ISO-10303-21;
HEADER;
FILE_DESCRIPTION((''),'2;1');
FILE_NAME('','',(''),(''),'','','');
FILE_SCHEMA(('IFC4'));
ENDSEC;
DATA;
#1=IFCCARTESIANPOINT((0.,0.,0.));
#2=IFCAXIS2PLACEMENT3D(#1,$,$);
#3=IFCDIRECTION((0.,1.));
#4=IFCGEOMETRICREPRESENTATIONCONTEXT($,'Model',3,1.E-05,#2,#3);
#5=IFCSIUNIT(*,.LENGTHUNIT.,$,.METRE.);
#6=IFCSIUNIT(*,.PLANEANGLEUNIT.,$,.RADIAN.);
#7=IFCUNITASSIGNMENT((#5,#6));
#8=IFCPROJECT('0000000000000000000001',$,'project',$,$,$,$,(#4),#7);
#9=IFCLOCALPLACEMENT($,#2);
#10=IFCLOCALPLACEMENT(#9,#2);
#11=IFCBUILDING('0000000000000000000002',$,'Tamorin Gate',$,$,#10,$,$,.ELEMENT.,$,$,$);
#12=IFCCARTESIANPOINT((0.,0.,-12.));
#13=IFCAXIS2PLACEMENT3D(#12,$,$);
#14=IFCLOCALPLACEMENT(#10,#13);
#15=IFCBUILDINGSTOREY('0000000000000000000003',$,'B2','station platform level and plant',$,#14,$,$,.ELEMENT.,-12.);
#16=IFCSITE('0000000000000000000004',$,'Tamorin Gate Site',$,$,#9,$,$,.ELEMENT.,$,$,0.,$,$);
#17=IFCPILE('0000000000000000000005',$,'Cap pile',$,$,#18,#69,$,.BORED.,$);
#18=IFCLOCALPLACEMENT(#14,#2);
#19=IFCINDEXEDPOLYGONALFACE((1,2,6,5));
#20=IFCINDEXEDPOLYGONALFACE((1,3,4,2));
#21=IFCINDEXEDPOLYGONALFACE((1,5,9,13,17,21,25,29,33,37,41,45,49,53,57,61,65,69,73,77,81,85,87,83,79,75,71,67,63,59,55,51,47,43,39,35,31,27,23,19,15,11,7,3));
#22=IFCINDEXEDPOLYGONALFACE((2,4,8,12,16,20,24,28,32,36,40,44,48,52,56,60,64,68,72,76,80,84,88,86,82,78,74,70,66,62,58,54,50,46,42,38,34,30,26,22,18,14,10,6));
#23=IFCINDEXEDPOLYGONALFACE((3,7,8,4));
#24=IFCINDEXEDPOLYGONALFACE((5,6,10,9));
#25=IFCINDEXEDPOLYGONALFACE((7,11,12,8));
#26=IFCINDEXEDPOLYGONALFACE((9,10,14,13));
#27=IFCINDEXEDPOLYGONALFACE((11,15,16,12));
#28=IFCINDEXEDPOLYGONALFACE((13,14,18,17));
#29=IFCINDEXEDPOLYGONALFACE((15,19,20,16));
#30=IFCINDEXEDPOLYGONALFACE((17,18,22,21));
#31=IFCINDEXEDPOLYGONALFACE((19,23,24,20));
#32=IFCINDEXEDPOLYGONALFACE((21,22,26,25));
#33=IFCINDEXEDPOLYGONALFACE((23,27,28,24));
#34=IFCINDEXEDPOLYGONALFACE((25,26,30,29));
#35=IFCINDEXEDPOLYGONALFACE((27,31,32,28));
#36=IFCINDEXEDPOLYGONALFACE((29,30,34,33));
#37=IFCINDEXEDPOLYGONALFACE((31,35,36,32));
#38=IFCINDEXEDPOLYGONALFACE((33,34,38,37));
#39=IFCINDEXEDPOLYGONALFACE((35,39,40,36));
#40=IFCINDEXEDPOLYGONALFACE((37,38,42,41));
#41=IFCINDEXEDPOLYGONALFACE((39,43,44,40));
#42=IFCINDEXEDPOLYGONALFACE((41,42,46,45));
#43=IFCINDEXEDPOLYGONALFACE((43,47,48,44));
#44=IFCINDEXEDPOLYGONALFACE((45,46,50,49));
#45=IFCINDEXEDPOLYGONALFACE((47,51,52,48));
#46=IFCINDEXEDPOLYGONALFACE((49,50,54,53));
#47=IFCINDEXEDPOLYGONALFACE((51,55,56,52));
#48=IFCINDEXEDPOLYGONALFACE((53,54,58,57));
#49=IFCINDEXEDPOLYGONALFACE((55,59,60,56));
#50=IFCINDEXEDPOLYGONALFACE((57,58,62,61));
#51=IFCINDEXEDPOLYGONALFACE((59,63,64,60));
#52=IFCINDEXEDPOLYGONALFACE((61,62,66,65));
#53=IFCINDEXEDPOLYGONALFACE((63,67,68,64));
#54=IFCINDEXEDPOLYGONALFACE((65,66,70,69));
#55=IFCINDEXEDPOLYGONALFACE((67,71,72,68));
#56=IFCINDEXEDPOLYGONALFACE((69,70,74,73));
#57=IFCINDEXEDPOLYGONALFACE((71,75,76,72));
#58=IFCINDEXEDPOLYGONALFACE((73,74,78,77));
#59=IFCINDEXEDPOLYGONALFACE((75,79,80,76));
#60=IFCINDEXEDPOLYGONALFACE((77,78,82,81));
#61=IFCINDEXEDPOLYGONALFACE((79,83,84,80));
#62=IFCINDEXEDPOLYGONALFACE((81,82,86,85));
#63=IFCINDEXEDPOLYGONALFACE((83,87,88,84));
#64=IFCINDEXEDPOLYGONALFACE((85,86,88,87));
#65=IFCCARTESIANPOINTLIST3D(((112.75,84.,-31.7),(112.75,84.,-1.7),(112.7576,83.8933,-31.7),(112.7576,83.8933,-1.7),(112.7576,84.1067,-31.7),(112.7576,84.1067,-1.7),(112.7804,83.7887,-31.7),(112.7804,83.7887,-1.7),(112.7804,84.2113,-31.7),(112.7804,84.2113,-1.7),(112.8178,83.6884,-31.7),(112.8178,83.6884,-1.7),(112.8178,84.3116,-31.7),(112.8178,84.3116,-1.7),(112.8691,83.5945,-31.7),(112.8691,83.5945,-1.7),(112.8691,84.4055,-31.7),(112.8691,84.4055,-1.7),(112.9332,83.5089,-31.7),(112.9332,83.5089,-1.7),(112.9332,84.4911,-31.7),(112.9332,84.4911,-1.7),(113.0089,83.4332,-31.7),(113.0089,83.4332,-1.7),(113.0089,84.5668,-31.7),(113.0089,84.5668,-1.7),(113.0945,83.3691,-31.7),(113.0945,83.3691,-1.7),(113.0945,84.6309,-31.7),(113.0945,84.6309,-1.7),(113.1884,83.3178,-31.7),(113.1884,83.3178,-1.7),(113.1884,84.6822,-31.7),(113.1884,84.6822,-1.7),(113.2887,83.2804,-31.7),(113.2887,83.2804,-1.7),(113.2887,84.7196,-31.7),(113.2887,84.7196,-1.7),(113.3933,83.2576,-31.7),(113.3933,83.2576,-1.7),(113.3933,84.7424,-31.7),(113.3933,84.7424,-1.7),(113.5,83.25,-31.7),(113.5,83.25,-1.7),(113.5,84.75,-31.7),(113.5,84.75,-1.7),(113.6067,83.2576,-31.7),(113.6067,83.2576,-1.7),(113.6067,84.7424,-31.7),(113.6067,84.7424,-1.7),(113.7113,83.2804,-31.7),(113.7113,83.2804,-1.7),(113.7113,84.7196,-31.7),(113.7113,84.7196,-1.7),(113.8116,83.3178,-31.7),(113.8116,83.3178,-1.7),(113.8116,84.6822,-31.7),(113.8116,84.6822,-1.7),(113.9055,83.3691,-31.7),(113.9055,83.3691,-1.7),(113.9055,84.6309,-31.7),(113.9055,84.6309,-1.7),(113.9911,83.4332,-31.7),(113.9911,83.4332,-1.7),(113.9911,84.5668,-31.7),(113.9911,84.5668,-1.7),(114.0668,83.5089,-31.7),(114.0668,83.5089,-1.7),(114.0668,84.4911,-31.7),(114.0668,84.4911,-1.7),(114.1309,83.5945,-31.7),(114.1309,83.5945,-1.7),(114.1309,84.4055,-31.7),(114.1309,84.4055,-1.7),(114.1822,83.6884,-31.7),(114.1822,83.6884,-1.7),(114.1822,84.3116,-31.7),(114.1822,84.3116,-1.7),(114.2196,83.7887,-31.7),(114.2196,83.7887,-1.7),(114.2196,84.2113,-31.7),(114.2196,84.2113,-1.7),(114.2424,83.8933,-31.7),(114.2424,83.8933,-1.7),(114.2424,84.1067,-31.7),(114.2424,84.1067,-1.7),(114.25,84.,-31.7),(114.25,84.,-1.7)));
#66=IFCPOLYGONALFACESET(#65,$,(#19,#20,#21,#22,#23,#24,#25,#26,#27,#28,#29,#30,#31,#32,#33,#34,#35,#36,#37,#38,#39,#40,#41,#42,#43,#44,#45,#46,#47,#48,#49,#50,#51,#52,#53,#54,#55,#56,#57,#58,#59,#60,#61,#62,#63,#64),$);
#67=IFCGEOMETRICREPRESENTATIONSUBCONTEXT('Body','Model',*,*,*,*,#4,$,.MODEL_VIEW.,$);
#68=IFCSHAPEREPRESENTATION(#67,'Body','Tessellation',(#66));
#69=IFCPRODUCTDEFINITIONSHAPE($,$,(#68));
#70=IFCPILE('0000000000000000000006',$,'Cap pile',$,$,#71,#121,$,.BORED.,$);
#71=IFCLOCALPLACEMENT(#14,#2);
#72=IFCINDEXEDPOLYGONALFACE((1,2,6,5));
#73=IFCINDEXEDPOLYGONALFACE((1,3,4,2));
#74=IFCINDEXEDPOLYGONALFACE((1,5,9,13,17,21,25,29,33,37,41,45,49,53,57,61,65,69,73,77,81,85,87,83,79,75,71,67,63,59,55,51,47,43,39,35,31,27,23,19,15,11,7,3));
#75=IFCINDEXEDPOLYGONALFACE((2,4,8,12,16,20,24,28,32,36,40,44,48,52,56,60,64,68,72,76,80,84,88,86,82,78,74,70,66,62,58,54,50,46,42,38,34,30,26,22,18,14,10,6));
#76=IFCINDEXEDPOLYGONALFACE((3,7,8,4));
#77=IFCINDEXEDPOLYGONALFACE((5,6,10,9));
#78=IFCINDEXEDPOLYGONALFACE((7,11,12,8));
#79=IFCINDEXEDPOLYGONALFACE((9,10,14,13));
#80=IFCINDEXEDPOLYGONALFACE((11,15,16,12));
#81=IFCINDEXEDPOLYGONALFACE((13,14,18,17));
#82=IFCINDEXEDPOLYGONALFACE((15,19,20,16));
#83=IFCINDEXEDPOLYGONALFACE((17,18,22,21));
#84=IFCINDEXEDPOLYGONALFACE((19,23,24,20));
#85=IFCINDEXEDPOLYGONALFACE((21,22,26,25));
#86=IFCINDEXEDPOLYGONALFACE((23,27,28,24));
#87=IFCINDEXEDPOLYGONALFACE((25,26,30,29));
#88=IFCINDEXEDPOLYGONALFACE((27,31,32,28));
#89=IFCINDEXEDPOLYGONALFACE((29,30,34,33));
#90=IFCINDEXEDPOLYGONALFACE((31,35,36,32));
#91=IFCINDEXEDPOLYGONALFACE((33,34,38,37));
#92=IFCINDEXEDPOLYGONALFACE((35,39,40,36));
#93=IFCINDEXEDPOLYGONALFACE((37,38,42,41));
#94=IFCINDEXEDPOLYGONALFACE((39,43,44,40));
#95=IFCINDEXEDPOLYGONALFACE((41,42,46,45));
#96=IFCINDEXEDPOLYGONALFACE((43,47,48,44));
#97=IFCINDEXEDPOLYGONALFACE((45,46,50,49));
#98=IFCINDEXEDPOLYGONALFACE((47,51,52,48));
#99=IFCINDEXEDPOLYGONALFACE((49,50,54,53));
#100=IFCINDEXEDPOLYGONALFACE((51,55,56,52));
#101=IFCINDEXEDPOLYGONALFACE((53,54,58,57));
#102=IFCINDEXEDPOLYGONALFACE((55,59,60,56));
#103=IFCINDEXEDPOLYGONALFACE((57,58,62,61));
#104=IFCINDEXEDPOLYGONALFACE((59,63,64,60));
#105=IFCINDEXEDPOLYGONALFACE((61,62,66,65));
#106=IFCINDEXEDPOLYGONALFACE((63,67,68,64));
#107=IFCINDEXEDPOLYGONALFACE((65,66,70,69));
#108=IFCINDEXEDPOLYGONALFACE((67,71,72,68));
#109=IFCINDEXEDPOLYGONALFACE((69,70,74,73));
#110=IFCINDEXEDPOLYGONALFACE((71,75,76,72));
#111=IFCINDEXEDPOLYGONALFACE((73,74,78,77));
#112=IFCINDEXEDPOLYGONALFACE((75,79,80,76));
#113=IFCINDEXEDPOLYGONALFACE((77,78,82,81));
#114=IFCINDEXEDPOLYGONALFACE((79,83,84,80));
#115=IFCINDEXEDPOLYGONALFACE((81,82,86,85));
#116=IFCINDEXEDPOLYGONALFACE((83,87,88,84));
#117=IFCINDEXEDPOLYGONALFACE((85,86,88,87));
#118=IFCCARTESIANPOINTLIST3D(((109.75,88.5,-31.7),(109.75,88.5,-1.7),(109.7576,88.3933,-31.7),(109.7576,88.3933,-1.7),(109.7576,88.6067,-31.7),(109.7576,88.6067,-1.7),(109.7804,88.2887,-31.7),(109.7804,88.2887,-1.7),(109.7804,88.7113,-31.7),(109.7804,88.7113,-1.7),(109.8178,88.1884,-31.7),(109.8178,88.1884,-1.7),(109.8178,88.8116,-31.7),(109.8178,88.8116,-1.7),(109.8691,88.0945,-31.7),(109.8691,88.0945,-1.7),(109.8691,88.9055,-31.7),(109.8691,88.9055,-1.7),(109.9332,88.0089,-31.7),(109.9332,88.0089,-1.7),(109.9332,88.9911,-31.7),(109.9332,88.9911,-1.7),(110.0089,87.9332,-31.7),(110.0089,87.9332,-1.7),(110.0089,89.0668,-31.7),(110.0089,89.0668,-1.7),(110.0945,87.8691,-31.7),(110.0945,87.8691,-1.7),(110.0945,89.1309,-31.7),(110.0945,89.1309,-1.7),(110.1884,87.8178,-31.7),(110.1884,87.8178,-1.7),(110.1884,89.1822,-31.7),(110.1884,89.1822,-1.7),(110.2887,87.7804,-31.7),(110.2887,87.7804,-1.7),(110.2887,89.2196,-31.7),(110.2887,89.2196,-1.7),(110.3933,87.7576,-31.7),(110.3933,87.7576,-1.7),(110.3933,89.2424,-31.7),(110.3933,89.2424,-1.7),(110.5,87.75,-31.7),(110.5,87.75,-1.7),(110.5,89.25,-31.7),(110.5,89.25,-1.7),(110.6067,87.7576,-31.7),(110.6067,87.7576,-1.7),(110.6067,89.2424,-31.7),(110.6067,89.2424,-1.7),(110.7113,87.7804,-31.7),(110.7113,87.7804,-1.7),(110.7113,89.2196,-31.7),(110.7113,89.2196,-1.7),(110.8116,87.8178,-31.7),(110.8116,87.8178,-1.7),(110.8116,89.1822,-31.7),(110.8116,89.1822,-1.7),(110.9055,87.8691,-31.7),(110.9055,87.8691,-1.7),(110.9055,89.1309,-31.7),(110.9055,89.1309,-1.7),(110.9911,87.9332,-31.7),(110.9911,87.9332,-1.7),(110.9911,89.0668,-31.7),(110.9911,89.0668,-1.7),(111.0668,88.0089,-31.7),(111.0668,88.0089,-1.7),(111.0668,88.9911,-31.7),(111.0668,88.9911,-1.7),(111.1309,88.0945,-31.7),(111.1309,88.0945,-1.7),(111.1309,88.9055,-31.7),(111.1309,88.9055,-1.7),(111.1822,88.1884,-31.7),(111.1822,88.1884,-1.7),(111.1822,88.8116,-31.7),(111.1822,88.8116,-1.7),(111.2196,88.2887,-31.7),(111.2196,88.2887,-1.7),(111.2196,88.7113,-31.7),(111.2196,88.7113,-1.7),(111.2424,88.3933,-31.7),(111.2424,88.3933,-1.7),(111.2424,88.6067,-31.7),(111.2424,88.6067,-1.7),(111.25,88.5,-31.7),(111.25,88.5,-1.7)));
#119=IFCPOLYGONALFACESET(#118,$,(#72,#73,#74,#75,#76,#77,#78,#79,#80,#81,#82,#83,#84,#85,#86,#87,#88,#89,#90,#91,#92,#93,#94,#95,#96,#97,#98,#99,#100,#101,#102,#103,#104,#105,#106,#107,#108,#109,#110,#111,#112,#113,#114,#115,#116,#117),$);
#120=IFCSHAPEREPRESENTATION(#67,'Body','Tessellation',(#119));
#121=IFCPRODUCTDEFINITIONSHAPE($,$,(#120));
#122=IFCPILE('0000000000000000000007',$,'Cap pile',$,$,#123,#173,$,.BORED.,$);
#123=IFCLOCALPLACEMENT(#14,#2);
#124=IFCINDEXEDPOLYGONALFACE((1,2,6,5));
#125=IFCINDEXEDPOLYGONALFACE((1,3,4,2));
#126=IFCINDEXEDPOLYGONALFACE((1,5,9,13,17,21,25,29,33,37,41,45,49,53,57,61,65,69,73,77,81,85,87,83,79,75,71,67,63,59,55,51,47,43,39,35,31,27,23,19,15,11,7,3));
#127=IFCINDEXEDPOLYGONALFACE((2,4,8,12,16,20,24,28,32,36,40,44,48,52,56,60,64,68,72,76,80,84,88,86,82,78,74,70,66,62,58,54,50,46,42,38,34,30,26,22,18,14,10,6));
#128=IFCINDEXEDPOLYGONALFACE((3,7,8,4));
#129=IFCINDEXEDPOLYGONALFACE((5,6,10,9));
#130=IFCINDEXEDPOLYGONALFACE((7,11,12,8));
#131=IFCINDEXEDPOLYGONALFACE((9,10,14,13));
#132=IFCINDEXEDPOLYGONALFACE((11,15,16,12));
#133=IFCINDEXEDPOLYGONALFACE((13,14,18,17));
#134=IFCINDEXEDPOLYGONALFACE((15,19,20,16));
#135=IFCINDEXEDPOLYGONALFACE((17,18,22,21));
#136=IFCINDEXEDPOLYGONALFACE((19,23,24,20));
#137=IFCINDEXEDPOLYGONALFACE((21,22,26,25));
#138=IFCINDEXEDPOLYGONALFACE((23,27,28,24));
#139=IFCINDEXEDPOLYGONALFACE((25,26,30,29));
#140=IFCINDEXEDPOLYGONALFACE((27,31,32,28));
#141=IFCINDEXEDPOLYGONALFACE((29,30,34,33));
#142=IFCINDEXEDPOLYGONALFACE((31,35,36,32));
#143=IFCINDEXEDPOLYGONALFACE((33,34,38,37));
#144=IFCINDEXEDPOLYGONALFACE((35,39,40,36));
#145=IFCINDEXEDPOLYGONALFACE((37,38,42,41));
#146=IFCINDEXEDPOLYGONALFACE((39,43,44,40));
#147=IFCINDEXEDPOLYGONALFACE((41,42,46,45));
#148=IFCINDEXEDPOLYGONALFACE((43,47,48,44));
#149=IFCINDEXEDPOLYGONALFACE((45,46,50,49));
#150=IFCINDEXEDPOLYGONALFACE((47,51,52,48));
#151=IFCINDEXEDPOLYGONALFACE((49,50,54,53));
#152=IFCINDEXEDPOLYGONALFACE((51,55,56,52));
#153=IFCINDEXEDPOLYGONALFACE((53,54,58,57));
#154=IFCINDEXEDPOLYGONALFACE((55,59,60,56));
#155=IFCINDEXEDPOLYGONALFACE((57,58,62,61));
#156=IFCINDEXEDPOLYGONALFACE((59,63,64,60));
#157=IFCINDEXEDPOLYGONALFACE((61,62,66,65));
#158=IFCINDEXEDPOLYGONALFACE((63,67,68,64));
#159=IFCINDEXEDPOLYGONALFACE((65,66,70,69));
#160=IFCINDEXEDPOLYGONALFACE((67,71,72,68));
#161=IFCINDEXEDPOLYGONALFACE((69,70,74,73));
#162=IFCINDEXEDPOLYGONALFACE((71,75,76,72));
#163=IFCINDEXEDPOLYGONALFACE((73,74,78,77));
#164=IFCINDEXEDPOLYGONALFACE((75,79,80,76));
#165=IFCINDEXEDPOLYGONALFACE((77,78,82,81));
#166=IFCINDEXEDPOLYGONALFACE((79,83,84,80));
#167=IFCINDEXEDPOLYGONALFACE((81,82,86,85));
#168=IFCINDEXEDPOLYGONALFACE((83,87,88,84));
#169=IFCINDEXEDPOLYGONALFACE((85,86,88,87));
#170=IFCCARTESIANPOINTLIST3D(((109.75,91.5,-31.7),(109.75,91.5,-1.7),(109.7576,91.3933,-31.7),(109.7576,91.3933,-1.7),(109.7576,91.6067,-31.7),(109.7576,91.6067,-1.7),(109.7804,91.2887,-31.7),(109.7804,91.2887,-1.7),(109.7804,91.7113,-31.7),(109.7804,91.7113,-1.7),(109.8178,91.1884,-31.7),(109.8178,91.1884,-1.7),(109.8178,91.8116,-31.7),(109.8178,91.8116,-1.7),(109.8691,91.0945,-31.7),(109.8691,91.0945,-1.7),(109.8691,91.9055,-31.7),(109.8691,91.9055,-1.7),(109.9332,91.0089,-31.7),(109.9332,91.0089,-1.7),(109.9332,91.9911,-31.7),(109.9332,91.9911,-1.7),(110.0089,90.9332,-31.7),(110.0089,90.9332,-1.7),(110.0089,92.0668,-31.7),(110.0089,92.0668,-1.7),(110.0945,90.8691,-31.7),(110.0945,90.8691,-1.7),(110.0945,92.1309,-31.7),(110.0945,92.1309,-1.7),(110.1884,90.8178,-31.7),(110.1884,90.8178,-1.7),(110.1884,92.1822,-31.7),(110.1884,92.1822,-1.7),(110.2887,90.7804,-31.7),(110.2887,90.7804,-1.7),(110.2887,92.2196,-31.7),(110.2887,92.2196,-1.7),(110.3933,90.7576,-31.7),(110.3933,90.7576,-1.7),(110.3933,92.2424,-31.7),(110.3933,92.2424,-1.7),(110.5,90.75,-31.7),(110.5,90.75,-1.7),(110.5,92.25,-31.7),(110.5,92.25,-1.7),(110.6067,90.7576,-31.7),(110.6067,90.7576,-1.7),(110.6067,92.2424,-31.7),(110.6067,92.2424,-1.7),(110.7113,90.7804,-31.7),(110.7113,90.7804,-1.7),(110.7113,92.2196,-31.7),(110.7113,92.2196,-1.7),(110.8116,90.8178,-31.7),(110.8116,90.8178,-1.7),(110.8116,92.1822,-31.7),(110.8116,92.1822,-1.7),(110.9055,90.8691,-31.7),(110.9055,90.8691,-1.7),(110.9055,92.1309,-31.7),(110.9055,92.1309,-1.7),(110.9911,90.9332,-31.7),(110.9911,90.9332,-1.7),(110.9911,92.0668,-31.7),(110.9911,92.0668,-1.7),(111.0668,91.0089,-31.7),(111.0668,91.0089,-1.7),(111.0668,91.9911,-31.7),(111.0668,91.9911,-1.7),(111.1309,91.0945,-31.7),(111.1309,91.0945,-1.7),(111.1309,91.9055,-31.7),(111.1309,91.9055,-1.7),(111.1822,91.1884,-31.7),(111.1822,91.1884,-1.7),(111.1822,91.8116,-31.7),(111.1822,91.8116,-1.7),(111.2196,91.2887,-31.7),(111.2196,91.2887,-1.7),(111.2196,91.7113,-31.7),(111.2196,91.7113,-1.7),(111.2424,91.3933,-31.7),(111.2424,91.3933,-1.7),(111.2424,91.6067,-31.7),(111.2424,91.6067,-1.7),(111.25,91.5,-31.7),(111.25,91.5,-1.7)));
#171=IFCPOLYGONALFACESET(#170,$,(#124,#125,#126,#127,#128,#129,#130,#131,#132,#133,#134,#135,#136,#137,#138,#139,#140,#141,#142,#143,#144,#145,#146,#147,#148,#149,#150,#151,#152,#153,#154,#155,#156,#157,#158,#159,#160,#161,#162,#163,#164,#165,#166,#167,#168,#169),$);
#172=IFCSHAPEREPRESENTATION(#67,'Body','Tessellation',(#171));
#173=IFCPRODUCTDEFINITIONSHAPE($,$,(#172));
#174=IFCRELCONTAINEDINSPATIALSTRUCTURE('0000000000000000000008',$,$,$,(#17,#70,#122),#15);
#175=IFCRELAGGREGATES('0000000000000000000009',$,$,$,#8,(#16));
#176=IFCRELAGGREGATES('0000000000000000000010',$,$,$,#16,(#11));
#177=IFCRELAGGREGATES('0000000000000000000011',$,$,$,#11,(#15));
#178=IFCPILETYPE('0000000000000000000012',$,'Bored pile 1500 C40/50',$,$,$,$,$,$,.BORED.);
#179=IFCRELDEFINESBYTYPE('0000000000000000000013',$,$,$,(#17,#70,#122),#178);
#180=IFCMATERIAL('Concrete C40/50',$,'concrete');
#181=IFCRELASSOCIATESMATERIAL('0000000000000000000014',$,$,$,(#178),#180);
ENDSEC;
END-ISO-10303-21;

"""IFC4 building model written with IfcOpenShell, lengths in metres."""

from ifc_helpers import new_model, si_unit, direction, frame, origin, origin_2d, place, context, subcontext, project, spatial, circle, extrude, material, material_profile, profile_set, type_object, element, save


model = new_model("IFC4")

# Units and contexts
model_context = context("Model", 3, precision=1e-05, world=origin(), true_north=direction((0.0, 1.0)))
body_context = subcontext(model_context, "Body", "Model", "MODEL_VIEW")
ifc_project = project(units=[si_unit("LENGTHUNIT", "METRE"), si_unit("PLANEANGLEUNIT", "RADIAN")], contexts=[model_context])

# Site, building, storey
site_placement = place(None, origin())
site = spatial("IfcSite", under=ifc_project, at=site_placement, Name="Tamorin Gate Site", CompositionType="ELEMENT", RefElevation=0.0)
building_placement = place(site_placement, origin())
building = spatial("IfcBuilding", under=site, at=building_placement, Name="Tamorin Gate", CompositionType="ELEMENT")
storey_placement = place(building_placement, frame((0.0, 0.0, -12.0)))
storey = spatial("IfcBuildingStorey", under=building, at=storey_placement, Name="B2", Description="station platform level and plant", CompositionType="ELEMENT", Elevation=-12.0)

# Piles
ifc_material_1 = material(Name="Concrete C40/50", Category="concrete")
ifc_material_profile_1 = material_profile(ifc_material_1, circle(Radius=0.75, at=origin_2d()))
ifc_profile_set_1 = profile_set([ifc_material_profile_1], Name="Concrete C40/50")
pile_type = type_object("IfcPileType", Name="Bored pile 1500 C40/50", PredefinedType="BORED", material=ifc_profile_set_1)
for number, where, z_axis, x_axis, name in (
    (1, (113.5, 84.0, -1.7), (0.0, 0.0, -1.0), (1.0, 0.0, 0.0), "Cap pile"),
    (2, (110.5, 88.5, -1.7), (0.0, 0.0, -1.0), (1.0, 0.0, 0.0), "Cap pile"),
    (3, (110.5, 91.5, -1.7), (0.0, 0.0, -1.0), (1.0, 0.0, 0.0), "Cap pile"),
):
    element("IfcPile", number, at=place(storey_placement, frame(where, z_axis=z_axis, x_axis=x_axis)), inside=storey, type_object=pile_type, Name=name, PredefinedType="BORED", context=body_context, shape_type="SweptSolid", body=[
        extrude(circle(Radius=0.75, at=origin_2d()), origin(), (0.0, 0.0, 1.0), 30.0),
    ])

save(model, "model.ifc")
